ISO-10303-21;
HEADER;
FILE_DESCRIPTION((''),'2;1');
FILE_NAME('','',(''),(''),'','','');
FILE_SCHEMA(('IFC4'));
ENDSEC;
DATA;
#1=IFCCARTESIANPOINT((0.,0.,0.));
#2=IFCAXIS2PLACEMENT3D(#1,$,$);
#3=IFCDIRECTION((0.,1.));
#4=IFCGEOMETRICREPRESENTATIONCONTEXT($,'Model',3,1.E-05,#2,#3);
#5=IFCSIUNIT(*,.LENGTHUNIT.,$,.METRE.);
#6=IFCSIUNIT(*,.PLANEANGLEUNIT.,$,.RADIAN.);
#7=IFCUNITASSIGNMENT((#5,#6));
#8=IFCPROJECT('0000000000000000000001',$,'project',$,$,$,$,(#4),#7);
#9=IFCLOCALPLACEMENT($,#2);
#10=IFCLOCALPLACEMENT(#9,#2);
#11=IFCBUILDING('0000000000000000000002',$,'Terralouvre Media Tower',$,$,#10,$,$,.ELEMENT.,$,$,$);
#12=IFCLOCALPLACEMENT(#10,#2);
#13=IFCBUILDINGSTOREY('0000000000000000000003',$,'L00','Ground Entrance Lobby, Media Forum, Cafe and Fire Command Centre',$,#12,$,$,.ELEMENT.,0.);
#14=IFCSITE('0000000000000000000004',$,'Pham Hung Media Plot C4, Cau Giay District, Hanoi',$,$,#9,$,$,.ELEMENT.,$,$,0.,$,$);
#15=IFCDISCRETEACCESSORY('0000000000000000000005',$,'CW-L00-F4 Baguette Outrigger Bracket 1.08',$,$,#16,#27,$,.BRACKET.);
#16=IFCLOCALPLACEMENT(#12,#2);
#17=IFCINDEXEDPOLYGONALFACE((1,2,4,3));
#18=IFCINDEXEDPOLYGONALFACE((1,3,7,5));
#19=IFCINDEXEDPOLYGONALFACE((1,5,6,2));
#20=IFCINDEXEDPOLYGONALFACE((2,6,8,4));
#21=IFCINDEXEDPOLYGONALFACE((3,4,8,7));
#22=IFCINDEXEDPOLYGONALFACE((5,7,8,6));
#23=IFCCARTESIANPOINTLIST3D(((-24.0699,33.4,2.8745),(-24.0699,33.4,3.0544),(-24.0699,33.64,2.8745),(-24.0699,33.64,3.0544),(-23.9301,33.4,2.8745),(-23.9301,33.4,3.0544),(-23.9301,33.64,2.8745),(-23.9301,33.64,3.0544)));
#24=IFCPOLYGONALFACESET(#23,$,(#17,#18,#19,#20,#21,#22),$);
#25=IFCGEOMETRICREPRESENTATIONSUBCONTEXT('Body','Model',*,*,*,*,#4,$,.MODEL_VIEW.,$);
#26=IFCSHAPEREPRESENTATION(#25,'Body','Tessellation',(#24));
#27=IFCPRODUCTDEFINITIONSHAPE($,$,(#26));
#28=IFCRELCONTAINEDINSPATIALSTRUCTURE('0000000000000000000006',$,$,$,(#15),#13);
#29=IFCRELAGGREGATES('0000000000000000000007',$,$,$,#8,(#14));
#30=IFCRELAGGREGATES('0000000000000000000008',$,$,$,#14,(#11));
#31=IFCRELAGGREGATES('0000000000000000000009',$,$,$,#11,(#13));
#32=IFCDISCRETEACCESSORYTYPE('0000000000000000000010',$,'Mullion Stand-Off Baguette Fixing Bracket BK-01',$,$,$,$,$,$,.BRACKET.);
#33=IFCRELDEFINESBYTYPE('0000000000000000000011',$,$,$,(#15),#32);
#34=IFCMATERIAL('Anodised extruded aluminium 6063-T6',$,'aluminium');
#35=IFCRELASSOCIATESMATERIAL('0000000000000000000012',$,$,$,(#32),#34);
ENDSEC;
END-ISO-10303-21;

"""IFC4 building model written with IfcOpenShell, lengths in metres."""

from ifc_helpers import new_model, si_unit, direction, frame, origin, origin_2d, place, context, subcontext, project, spatial, rectangle, extrude, material, type_object, element, save


model = new_model("IFC4")

# Units and contexts
model_context = context("Model", 3, precision=1e-05, world=origin(), true_north=direction((0.0, 1.0)))
body_context = subcontext(model_context, "Body", "Model", "MODEL_VIEW")
ifc_project = project(units=[si_unit("LENGTHUNIT", "METRE"), si_unit("PLANEANGLEUNIT", "RADIAN")], contexts=[model_context])

# Site, building, storey
site_placement = place(None, origin())
site = spatial("IfcSite", under=ifc_project, at=site_placement, Name="Pham Hung Media Plot C4, Cau Giay District, Hanoi", CompositionType="ELEMENT", RefElevation=0.0)
building_placement = place(site_placement, origin())
building = spatial("IfcBuilding", under=site, at=building_placement, Name="Terralouvre Media Tower", CompositionType="ELEMENT")
storey_placement = place(building_placement, origin())
storey = spatial("IfcBuildingStorey", under=building, at=storey_placement, Name="L00", Description="Ground Entrance Lobby, Media Forum, Cafe and Fire Command Centre", CompositionType="ELEMENT", Elevation=0.0)

# Discrete accessory
ifc_material_1 = material(Name="Anodised extruded aluminium 6063-T6", Category="aluminium")
discrete_accessory_type = type_object("IfcDiscreteAccessoryType", Name="Mullion Stand-Off Baguette Fixing Bracket BK-01", PredefinedType="BRACKET", material=ifc_material_1)
for number, where, z_axis, x_axis, name in (
    (1, (-24.0, 33.52, 2.8745), (0.0, 0.0, 1.0), (-1.0, 0.0, 0.0), "CW-L00-F4 Baguette Outrigger Bracket 1.08"),
):
    element("IfcDiscreteAccessory", number, at=place(storey_placement, frame(where, z_axis=z_axis, x_axis=x_axis)), inside=storey, type_object=discrete_accessory_type, Name=name, PredefinedType="BRACKET", context=body_context, shape_type="SweptSolid", body=[
        extrude(rectangle(XDim=0.1399, YDim=0.24, at=origin_2d()), origin(), (0.0, 0.0, 1.0), 0.1799),
    ])

save(model, "model.ifc")
